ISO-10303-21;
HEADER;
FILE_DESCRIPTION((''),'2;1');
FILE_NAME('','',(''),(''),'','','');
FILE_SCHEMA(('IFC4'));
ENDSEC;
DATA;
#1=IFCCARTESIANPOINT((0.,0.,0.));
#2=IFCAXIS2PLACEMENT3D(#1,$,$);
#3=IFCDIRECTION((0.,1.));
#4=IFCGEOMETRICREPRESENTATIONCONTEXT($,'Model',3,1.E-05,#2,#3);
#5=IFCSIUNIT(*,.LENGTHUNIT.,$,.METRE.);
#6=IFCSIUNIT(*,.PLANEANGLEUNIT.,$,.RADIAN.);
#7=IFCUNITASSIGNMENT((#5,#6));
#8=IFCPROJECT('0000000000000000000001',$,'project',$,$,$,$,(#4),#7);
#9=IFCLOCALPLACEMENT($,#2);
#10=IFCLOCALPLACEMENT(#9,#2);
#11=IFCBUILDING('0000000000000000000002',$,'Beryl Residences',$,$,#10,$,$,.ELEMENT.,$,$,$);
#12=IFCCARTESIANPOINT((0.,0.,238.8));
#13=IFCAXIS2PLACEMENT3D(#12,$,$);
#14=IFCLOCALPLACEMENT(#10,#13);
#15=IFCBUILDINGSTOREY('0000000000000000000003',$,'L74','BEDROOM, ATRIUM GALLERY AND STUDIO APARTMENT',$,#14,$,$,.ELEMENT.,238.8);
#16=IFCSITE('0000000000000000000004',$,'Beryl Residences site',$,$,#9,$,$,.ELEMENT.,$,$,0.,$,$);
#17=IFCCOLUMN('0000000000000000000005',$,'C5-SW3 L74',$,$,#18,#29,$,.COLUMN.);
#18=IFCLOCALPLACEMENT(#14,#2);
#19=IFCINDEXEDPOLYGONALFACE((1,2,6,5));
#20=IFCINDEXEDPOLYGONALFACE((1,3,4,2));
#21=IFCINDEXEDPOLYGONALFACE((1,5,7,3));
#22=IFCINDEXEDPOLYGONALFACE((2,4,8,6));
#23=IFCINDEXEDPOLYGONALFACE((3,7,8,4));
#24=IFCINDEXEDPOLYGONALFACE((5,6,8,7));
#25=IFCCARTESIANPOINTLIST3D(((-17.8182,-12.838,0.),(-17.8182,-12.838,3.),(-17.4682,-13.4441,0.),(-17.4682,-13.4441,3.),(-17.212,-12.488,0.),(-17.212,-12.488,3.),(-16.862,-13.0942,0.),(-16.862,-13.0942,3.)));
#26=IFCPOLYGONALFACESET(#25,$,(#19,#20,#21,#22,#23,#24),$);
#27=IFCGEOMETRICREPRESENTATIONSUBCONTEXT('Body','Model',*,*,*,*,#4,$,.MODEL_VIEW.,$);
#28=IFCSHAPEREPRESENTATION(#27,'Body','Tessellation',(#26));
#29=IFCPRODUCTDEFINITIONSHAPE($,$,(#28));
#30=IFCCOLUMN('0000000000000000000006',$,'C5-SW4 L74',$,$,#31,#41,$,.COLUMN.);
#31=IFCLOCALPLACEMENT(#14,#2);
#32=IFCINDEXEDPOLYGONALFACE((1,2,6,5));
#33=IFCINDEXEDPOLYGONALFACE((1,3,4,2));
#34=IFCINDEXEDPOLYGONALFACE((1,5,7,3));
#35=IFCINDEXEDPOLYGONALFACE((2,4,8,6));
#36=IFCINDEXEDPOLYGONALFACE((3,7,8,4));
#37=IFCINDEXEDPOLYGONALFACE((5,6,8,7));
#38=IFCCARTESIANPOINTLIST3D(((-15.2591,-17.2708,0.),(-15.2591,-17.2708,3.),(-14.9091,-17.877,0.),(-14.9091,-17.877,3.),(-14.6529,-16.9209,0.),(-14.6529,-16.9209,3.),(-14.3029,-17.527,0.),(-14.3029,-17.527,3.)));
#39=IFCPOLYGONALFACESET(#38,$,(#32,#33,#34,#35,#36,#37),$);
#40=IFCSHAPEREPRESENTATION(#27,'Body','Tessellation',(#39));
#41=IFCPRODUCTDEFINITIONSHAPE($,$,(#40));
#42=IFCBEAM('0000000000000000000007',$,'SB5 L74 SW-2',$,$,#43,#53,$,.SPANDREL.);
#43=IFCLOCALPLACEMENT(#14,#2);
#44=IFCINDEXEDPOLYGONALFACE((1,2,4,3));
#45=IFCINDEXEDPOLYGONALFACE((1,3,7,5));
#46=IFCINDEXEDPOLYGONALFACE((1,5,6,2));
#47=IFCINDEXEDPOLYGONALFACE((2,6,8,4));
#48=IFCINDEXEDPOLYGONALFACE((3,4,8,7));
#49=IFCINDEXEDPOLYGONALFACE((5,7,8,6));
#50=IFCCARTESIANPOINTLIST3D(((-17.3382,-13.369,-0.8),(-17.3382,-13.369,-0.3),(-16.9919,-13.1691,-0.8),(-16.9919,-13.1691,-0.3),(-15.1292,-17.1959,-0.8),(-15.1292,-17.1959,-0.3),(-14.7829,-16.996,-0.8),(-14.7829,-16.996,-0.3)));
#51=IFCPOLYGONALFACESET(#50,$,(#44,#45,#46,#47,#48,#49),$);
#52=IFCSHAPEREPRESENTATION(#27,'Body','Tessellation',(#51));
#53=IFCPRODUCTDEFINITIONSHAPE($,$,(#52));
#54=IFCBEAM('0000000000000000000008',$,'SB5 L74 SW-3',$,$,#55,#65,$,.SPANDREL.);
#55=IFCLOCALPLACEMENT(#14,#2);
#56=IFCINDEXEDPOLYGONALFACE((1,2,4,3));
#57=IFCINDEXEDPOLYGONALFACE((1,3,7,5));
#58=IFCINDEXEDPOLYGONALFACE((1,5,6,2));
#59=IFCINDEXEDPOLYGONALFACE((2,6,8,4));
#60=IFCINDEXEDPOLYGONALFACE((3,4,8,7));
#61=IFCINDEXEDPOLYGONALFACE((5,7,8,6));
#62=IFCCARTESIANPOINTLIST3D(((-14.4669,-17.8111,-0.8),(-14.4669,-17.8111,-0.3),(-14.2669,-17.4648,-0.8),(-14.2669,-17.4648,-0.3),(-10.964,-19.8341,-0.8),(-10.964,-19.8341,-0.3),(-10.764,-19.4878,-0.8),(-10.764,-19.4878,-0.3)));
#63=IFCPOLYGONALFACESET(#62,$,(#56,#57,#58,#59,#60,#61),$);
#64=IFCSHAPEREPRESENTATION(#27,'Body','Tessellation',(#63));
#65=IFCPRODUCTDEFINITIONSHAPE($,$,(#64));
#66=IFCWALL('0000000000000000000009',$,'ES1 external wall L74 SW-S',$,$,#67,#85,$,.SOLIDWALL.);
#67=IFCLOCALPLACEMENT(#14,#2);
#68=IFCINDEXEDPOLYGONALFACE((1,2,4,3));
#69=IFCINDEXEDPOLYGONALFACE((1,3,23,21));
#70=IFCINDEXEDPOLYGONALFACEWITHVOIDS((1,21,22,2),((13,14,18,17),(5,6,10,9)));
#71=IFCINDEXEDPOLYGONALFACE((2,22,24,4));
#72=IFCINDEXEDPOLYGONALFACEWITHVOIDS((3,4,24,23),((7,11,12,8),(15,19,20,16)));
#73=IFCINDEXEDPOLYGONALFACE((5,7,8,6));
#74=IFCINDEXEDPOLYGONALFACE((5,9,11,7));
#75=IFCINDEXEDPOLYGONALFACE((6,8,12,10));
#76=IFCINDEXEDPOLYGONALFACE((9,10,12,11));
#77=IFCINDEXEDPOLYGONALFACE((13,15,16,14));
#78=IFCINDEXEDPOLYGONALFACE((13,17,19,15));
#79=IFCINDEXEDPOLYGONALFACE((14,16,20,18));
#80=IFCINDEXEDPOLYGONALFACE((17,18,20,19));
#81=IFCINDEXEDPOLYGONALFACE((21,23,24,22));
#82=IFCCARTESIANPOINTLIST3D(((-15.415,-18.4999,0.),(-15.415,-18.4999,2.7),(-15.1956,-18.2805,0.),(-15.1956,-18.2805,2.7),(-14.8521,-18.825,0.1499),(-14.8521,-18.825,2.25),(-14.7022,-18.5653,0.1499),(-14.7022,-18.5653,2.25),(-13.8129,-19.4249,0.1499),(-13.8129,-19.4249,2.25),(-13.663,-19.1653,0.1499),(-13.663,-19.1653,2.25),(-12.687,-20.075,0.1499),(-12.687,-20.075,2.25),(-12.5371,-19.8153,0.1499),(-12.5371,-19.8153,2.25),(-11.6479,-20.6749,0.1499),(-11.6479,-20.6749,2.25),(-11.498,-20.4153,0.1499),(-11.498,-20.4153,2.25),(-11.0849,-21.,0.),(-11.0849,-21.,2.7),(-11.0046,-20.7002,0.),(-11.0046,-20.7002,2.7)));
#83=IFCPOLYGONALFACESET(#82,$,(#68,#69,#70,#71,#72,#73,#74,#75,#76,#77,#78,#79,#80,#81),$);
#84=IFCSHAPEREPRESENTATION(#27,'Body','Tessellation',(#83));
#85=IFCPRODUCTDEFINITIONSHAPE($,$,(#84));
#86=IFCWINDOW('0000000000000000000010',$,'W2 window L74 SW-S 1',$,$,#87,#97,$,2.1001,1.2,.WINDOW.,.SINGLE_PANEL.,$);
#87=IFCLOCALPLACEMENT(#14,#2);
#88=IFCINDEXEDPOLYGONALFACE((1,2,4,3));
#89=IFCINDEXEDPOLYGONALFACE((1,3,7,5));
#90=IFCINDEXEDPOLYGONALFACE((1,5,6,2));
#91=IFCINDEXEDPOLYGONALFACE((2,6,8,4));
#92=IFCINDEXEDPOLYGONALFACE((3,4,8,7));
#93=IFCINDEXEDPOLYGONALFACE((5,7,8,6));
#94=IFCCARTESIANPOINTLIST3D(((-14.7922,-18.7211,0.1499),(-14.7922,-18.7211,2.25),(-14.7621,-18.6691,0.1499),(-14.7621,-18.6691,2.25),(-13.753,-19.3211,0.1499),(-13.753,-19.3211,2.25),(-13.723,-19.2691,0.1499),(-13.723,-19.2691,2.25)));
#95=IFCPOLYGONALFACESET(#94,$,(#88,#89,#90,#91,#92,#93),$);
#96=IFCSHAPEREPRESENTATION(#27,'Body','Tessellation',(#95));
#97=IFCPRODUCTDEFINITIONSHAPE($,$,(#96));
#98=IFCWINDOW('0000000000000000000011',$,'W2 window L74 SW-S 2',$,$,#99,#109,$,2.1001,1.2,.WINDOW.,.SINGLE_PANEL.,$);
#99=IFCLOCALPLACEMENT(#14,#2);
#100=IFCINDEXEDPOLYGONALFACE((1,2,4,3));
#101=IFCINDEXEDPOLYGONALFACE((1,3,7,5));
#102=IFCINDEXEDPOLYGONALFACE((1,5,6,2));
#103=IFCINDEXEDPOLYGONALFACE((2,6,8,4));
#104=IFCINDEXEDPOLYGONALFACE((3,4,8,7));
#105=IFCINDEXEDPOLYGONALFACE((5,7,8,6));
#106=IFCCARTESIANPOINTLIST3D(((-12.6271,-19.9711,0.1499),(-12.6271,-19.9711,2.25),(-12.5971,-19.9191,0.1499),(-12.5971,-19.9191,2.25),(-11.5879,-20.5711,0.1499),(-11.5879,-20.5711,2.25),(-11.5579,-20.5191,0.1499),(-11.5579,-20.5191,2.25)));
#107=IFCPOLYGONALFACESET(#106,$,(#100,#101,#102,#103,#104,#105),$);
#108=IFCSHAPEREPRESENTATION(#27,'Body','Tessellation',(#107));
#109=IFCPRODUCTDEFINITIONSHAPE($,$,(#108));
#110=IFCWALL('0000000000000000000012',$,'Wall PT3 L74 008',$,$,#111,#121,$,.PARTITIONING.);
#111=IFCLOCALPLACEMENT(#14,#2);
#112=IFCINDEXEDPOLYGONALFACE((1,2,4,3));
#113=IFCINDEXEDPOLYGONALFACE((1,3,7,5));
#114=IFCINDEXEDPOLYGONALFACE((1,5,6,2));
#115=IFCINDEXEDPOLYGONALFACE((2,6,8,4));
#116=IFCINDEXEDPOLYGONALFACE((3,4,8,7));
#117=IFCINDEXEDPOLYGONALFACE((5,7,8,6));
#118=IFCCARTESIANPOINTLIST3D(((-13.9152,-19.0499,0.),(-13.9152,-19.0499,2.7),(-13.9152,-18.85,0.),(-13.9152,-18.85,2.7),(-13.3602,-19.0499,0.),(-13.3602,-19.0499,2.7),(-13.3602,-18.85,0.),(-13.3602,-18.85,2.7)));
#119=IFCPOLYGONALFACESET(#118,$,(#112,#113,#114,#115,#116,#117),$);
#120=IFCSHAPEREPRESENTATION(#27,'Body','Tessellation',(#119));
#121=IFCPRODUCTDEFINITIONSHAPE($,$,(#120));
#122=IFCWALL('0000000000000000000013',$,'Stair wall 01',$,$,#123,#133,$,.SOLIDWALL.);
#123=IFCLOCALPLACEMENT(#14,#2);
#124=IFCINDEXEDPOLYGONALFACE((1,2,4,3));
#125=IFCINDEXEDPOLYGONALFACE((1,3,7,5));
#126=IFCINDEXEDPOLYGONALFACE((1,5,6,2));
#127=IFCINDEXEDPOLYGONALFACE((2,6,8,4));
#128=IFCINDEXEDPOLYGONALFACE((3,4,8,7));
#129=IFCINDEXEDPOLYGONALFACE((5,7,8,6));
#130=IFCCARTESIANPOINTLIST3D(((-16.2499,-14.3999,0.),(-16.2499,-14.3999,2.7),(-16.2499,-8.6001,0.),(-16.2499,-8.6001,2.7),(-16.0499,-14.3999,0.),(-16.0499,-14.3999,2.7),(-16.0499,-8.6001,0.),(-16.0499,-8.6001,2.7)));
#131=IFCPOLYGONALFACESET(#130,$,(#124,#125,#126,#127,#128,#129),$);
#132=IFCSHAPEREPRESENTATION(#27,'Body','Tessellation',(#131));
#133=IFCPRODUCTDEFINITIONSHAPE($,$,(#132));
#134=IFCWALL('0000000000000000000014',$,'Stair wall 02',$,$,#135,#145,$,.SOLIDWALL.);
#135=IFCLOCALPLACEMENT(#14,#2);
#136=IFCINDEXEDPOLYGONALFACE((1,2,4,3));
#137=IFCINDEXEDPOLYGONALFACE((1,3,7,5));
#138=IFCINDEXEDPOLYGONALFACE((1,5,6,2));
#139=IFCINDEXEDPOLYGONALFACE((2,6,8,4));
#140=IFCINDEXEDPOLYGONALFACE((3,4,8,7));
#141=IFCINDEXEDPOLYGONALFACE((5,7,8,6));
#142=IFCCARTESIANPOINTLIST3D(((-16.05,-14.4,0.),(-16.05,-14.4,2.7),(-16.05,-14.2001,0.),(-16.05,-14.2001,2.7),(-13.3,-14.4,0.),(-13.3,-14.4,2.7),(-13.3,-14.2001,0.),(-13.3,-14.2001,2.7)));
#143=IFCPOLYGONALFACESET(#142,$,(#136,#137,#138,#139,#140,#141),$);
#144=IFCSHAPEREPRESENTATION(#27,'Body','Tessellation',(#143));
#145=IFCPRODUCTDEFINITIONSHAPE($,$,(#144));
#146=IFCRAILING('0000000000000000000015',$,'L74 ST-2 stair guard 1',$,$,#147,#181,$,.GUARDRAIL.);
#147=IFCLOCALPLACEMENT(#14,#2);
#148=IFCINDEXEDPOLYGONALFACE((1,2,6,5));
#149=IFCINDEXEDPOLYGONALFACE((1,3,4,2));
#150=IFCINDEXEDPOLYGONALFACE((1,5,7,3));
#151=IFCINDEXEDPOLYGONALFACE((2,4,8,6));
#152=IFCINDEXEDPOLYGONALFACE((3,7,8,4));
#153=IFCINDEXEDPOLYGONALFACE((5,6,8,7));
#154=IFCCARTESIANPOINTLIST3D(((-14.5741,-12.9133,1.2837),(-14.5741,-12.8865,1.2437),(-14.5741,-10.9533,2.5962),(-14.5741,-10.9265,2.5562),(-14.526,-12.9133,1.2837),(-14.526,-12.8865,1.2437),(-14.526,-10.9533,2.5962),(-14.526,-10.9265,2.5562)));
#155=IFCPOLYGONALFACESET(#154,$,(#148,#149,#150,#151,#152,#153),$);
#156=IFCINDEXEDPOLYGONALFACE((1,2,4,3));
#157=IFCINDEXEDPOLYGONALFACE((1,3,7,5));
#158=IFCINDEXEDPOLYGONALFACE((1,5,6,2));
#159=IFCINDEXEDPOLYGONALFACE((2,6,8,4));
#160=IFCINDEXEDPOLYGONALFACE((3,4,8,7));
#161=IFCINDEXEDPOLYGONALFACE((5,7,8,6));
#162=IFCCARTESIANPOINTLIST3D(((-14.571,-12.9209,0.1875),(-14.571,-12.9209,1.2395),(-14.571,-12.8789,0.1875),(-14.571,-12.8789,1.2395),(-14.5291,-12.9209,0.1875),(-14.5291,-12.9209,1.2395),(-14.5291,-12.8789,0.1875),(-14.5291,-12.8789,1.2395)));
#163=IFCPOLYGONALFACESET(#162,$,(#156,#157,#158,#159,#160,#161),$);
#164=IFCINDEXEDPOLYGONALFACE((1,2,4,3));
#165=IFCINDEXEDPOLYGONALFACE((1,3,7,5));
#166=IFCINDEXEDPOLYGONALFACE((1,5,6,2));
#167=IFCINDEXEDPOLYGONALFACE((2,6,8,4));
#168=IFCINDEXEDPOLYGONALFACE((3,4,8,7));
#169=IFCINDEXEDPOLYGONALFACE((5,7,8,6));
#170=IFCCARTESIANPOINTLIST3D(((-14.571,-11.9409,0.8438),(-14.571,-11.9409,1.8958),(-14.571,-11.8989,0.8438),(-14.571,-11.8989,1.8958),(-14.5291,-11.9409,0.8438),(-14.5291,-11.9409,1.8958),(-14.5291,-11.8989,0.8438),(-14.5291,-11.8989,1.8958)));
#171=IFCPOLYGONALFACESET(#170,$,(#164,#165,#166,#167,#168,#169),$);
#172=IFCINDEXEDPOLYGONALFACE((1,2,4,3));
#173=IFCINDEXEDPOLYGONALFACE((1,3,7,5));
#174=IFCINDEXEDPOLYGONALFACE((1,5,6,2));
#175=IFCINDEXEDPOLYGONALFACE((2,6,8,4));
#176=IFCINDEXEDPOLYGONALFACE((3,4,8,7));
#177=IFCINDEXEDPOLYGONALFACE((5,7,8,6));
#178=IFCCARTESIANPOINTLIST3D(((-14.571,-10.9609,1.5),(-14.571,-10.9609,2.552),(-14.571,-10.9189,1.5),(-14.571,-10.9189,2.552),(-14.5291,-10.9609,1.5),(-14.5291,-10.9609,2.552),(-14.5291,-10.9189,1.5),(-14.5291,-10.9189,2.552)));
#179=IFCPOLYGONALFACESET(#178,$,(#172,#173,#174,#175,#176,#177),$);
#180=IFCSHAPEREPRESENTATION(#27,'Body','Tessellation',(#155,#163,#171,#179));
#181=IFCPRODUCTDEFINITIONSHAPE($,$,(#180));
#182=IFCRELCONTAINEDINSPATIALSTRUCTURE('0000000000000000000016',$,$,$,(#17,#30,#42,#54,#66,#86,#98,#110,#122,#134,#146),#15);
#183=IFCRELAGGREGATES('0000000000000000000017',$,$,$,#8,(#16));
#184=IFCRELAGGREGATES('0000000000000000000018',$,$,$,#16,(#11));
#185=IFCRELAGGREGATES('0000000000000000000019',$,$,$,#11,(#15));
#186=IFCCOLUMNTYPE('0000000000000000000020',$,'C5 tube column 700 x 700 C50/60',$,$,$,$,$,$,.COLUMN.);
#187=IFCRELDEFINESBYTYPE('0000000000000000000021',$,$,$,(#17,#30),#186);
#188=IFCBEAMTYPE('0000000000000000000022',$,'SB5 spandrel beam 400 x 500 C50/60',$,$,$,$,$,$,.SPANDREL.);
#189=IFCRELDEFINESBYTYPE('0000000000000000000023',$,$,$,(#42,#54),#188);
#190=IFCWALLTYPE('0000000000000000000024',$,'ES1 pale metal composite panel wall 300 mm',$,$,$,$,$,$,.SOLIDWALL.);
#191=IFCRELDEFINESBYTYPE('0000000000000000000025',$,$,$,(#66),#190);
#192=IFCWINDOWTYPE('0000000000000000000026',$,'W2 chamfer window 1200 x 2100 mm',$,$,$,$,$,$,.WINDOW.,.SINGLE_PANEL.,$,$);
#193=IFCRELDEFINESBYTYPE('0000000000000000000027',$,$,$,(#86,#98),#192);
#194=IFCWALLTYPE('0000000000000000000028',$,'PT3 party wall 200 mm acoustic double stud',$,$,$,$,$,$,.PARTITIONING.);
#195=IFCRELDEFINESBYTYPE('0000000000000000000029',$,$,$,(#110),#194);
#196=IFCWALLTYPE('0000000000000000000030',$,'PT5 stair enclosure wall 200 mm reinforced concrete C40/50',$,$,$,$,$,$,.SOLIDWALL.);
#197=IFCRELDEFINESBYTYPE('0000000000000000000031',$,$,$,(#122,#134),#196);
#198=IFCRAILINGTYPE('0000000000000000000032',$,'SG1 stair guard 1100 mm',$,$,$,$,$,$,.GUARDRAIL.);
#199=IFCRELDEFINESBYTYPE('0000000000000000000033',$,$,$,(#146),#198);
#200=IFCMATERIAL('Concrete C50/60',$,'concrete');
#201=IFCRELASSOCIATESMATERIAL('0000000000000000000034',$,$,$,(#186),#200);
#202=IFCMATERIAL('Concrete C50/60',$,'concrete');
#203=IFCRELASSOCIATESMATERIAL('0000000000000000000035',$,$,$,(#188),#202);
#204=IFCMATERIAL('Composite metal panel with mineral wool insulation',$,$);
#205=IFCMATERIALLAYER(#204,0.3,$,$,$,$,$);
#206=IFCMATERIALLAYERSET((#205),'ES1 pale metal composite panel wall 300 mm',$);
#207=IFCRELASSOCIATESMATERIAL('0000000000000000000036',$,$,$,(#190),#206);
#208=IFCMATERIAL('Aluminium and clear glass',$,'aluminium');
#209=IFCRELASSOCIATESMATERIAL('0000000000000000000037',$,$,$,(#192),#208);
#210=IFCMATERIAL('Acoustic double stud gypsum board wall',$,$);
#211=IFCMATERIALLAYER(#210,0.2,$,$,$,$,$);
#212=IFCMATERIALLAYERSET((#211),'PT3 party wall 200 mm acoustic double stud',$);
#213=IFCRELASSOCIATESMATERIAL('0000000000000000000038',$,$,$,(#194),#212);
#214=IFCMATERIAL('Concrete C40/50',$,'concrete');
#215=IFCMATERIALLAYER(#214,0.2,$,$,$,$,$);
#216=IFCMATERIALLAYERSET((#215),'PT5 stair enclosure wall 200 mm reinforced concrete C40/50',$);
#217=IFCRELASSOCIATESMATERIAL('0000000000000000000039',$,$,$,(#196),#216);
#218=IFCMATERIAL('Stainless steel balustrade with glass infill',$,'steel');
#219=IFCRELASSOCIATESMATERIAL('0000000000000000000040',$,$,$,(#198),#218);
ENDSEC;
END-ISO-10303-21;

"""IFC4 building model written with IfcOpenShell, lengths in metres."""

from ifc_helpers import new_model, si_unit, direction, frame, frame_2d, origin, origin_2d, place, context, subcontext, project, spatial, polyline, rectangle, outline, extrude, material, layer, layer_set, material_profile, profile_set, type_object, element, fill, save


model = new_model("IFC4")

# Units and contexts
model_context = context("Model", 3, precision=1e-05, world=origin(), true_north=direction((0.0, 1.0)))
body_context = subcontext(model_context, "Body", "Model", "MODEL_VIEW")
ifc_project = project(units=[si_unit("LENGTHUNIT", "METRE"), si_unit("PLANEANGLEUNIT", "RADIAN")], contexts=[model_context])

# Site, building, storey
site_placement = place(None, origin())
site = spatial("IfcSite", under=ifc_project, at=site_placement, Name="Beryl Residences site", CompositionType="ELEMENT", RefElevation=0.0)
building_placement = place(site_placement, origin())
building = spatial("IfcBuilding", under=site, at=building_placement, Name="Beryl Residences", CompositionType="ELEMENT")
storey_placement = place(building_placement, frame((0.0, 0.0, 238.8)))
storey = spatial("IfcBuildingStorey", under=building, at=storey_placement, Name="L74", Description="BEDROOM, ATRIUM GALLERY AND STUDIO APARTMENT", CompositionType="ELEMENT", Elevation=238.8)

# Columns
ifc_material_1 = material(Name="Concrete C50/60", Category="concrete")
ifc_material_profile_1 = material_profile(ifc_material_1, rectangle(XDim=0.7, YDim=0.7, at=origin_2d()))
ifc_profile_set_1 = profile_set([ifc_material_profile_1], Name="Concrete C50/60")
column_type = type_object("IfcColumnType", Name="C5 tube column 700 x 700 C50/60", PredefinedType="COLUMN", material=ifc_profile_set_1)
for number, where, z_axis, x_axis, name in (
    (1, (-17.3401, -12.9661, 0.0), (0.0, 0.0, 1.0), (0.499985, -0.866034, 0.0), "C5-SW3 L74"),
    (2, (-14.781, -17.3989, 0.0), (0.0, 0.0, 1.0), (0.499985, -0.866034, 0.0), "C5-SW4 L74"),
):
    element("IfcColumn", number, at=place(storey_placement, frame(where, z_axis=z_axis, x_axis=x_axis)), inside=storey, type_object=column_type, Name=name, PredefinedType="COLUMN", context=body_context, shape_type="SweptSolid", body=[
        extrude(rectangle(XDim=0.7, YDim=0.7, at=origin_2d()), origin(), (0.0, 0.0, 1.0), 3.0),
    ])

# Beams
ifc_material_2 = material(Name="Concrete C50/60", Category="concrete")
ifc_material_profile_2 = material_profile(ifc_material_2, rectangle(XDim=0.3999, YDim=0.5, at=origin_2d()))
ifc_profile_set_2 = profile_set([ifc_material_profile_2], Name="Concrete C50/60")
beam_type = type_object("IfcBeamType", Name="SB5 spandrel beam 400 x 500 C50/60", PredefinedType="SPANDREL", material=ifc_profile_set_2)
beam_1_placement = place(storey_placement, frame((-17.165, -13.269, -0.55), z_axis=(0.499919, -0.866072, 0.0), x_axis=(0.866072, 0.499919, 0.0)))
element("IfcBeam", 3, at=beam_1_placement, inside=storey, type_object=beam_type, Name="SB5 L74 SW-2", PredefinedType="SPANDREL", context=body_context, shape_type="SweptSolid", body=[
    extrude(rectangle(XDim=0.3999, YDim=0.5, at=origin_2d()), origin(), (0.0, 0.0, 1.0), 4.4187),
])
beam_2_placement = place(storey_placement, frame((-14.3669, -17.6379, -0.55), z_axis=(0.865968, -0.500099, 0.0), x_axis=(0.500099, 0.865968, 0.0)))
element("IfcBeam", 4, at=beam_2_placement, inside=storey, type_object=beam_type, Name="SB5 L74 SW-3", PredefinedType="SPANDREL", context=body_context, shape_type="SweptSolid", body=[
    extrude(rectangle(XDim=0.3999, YDim=0.5, at=origin_2d()), origin(), (0.0, 0.0, 1.0), 4.0452),
])

# Wall, openings, windows
ifc_material_3 = material(Name="Composite metal panel with mineral wool insulation")
ifc_layer_1 = layer(ifc_material_3, 0.3)
ifc_layer_set_1 = layer_set([ifc_layer_1], Name="ES1 pale metal composite panel wall 300 mm")
wall_type_1 = type_object("IfcWallType", Name="ES1 pale metal composite panel wall 300 mm", PredefinedType="SOLIDWALL", material=ifc_layer_set_1)
wall_1_placement = place(storey_placement, frame((-15.3401, -18.3701, 0.0), z_axis=(0.0, 0.0, 1.0), x_axis=(0.866023, -0.500004, 0.0)))
wall_1 = element("IfcWall", 5, at=wall_1_placement, inside=storey, type_object=wall_type_1, Name="ES1 external wall L74 SW-S", PredefinedType="SOLIDWALL", context=body_context, shape_type="SweptSolid", body=[
    extrude(outline(polyline([(0.0, -0.1499), (5.0, -0.1499), (4.9197, 0.1499), (0.0803, 0.1499), (0.0, -0.1499)])), origin(), (0.0, 0.0, 1.0), 2.7),
])
opening_1_placement = place(wall_1_placement, frame((0.6499, 0.0, 0.1499)))
opening_1 = element("IfcOpeningElement", 6, at=opening_1_placement, cuts=wall_1, PredefinedType="OPENING", context=body_context, shape_type="SweptSolid", body=[
    extrude(rectangle(XDim=1.2, YDim=2.1001, at=frame_2d((0.6001, 1.05))), frame((0.0, 0.1599, 0.0), z_axis=(0.0, -1.0, 0.0), x_axis=(1.0, 0.0, 0.0)), (0.0, 0.0, 1.0), 0.3201),
])
opening_2_placement = place(wall_1_placement, frame((3.1499, 0.0, 0.1499)))
opening_2 = element("IfcOpeningElement", 7, at=opening_2_placement, cuts=wall_1, PredefinedType="OPENING", context=body_context, shape_type="SweptSolid", body=[
    extrude(rectangle(XDim=1.2, YDim=2.1001, at=frame_2d((0.6001, 1.05))), frame((0.0, 0.1599, 0.0), z_axis=(0.0, -1.0, 0.0), x_axis=(1.0, 0.0, 0.0)), (0.0, 0.0, 1.0), 0.3201),
])
ifc_material_4 = material(Name="Aluminium and clear glass", Category="aluminium")
window_type = type_object("IfcWindowType", Name="W2 chamfer window 1200 x 2100 mm", PartitioningType="SINGLE_PANEL", PredefinedType="WINDOW", material=ifc_material_4)
window_1_placement = place(opening_1_placement, origin())
window_1 = element("IfcWindow", 8, at=window_1_placement, inside=storey, type_object=window_type, Name="W2 window L74 SW-S 1", OverallHeight=2.1001, OverallWidth=1.2, PartitioningType="SINGLE_PANEL", PredefinedType="WINDOW", context=body_context, shape_type="SweptSolid", body=[
    extrude(rectangle(XDim=1.2, YDim=2.1001, at=frame_2d((0.6001, 1.05))), frame((0.0, 0.03, 0.0), z_axis=(0.0, -1.0, 0.0), x_axis=(1.0, 0.0, 0.0)), (0.0, 0.0, 1.0), 0.0601),
])
fill(opening_1, window_1)
window_2_placement = place(opening_2_placement, origin())
window_2 = element("IfcWindow", 9, at=window_2_placement, inside=storey, type_object=window_type, Name="W2 window L74 SW-S 2", OverallHeight=2.1001, OverallWidth=1.2, PartitioningType="SINGLE_PANEL", PredefinedType="WINDOW", context=body_context, shape_type="SweptSolid", body=[
    extrude(rectangle(XDim=1.2, YDim=2.1001, at=frame_2d((0.6001, 1.05))), frame((0.0, 0.03, 0.0), z_axis=(0.0, -1.0, 0.0), x_axis=(1.0, 0.0, 0.0)), (0.0, 0.0, 1.0), 0.0601),
])
fill(opening_2, window_2)

# Walls
ifc_material_5 = material(Name="Acoustic double stud gypsum board wall")
ifc_layer_2 = layer(ifc_material_5, 0.2)
ifc_layer_set_2 = layer_set([ifc_layer_2], Name="PT3 party wall 200 mm acoustic double stud")
wall_type_2 = type_object("IfcWallType", Name="PT3 party wall 200 mm acoustic double stud", PredefinedType="PARTITIONING", material=ifc_layer_set_2)
wall_2_placement = place(storey_placement, frame((-13.915, -18.95, 0.0), z_axis=(0.0, 0.0, 1.0), x_axis=(1.0, 0.0, 0.0)))
element("IfcWall", 10, at=wall_2_placement, inside=storey, type_object=wall_type_2, Name="Wall PT3 L74 008", PredefinedType="PARTITIONING", context=body_context, shape_type="SweptSolid", body=[
    extrude(rectangle(XDim=0.5549, YDim=0.2, at=frame_2d((0.2773, 0.0))), origin(), (0.0, 0.0, 1.0), 2.7),
])
ifc_material_6 = material(Name="Concrete C40/50", Category="concrete")
ifc_layer_3 = layer(ifc_material_6, 0.2)
ifc_layer_set_3 = layer_set([ifc_layer_3], Name="PT5 stair enclosure wall 200 mm reinforced concrete C40/50")
wall_type_3 = type_object("IfcWallType", Name="PT5 stair enclosure wall 200 mm reinforced concrete C40/50", PredefinedType="SOLIDWALL", material=ifc_layer_set_3)
wall_3_placement = place(storey_placement, frame((-16.1499, -14.3999, 0.0), z_axis=(0.0, 0.0, 1.0), x_axis=(0.0, 1.0, 0.0)))
element("IfcWall", 11, at=wall_3_placement, inside=storey, type_object=wall_type_3, Name="Stair wall 01", PredefinedType="SOLIDWALL", context=body_context, shape_type="SweptSolid", body=[
    extrude(rectangle(XDim=5.7998, YDim=0.2, at=frame_2d((2.8999, 0.0))), origin(), (0.0, 0.0, 1.0), 2.7),
])
wall_4_placement = place(storey_placement, frame((-16.05, -14.3, 0.0), z_axis=(0.0, 0.0, 1.0), x_axis=(1.0, 0.0, 0.0)))
element("IfcWall", 12, at=wall_4_placement, inside=storey, type_object=wall_type_3, Name="Stair wall 02", PredefinedType="SOLIDWALL", context=body_context, shape_type="SweptSolid", body=[
    extrude(rectangle(XDim=2.75, YDim=0.2, at=frame_2d((1.375, 0.0))), origin(), (0.0, 0.0, 1.0), 2.7),
])

# Railing
ifc_material_7 = material(Name="Stainless steel balustrade with glass infill", Category="steel")
railing_type_1 = type_object("IfcRailingType", Name="SG1 stair guard 1100 mm", PredefinedType="GUARDRAIL", material=ifc_material_7)
railing_1_placement = place(storey_placement, frame((-14.55, -12.8999, 0.1875)))
element("IfcRailing", 13, at=railing_1_placement, inside=storey, type_object=railing_type_1, Name="L74 ST-2 stair guard 1", PredefinedType="GUARDRAIL", context=body_context, shape_type="SweptSolid", body=[
    extrude(rectangle(XDim=0.0481, YDim=0.0481, at=origin_2d()), frame((0.0, 0.0, 1.0762), z_axis=(0.0, 0.830902, 0.556419), x_axis=(-1.0, 0.0, 0.0)), (0.0, 0.0, 1.0), 2.3589),
    extrude(rectangle(XDim=0.042, YDim=0.042, at=origin_2d()), origin(), (0.0, 0.0, 1.0), 1.052),
    extrude(rectangle(XDim=0.042, YDim=0.042, at=origin_2d()), frame((0.0, 0.98, 0.6562)), (0.0, 0.0, 1.0), 1.052),
    extrude(rectangle(XDim=0.042, YDim=0.042, at=origin_2d()), frame((0.0, 1.96, 1.3125)), (0.0, 0.0, 1.0), 1.052),
])

save(model, "model.ifc")
